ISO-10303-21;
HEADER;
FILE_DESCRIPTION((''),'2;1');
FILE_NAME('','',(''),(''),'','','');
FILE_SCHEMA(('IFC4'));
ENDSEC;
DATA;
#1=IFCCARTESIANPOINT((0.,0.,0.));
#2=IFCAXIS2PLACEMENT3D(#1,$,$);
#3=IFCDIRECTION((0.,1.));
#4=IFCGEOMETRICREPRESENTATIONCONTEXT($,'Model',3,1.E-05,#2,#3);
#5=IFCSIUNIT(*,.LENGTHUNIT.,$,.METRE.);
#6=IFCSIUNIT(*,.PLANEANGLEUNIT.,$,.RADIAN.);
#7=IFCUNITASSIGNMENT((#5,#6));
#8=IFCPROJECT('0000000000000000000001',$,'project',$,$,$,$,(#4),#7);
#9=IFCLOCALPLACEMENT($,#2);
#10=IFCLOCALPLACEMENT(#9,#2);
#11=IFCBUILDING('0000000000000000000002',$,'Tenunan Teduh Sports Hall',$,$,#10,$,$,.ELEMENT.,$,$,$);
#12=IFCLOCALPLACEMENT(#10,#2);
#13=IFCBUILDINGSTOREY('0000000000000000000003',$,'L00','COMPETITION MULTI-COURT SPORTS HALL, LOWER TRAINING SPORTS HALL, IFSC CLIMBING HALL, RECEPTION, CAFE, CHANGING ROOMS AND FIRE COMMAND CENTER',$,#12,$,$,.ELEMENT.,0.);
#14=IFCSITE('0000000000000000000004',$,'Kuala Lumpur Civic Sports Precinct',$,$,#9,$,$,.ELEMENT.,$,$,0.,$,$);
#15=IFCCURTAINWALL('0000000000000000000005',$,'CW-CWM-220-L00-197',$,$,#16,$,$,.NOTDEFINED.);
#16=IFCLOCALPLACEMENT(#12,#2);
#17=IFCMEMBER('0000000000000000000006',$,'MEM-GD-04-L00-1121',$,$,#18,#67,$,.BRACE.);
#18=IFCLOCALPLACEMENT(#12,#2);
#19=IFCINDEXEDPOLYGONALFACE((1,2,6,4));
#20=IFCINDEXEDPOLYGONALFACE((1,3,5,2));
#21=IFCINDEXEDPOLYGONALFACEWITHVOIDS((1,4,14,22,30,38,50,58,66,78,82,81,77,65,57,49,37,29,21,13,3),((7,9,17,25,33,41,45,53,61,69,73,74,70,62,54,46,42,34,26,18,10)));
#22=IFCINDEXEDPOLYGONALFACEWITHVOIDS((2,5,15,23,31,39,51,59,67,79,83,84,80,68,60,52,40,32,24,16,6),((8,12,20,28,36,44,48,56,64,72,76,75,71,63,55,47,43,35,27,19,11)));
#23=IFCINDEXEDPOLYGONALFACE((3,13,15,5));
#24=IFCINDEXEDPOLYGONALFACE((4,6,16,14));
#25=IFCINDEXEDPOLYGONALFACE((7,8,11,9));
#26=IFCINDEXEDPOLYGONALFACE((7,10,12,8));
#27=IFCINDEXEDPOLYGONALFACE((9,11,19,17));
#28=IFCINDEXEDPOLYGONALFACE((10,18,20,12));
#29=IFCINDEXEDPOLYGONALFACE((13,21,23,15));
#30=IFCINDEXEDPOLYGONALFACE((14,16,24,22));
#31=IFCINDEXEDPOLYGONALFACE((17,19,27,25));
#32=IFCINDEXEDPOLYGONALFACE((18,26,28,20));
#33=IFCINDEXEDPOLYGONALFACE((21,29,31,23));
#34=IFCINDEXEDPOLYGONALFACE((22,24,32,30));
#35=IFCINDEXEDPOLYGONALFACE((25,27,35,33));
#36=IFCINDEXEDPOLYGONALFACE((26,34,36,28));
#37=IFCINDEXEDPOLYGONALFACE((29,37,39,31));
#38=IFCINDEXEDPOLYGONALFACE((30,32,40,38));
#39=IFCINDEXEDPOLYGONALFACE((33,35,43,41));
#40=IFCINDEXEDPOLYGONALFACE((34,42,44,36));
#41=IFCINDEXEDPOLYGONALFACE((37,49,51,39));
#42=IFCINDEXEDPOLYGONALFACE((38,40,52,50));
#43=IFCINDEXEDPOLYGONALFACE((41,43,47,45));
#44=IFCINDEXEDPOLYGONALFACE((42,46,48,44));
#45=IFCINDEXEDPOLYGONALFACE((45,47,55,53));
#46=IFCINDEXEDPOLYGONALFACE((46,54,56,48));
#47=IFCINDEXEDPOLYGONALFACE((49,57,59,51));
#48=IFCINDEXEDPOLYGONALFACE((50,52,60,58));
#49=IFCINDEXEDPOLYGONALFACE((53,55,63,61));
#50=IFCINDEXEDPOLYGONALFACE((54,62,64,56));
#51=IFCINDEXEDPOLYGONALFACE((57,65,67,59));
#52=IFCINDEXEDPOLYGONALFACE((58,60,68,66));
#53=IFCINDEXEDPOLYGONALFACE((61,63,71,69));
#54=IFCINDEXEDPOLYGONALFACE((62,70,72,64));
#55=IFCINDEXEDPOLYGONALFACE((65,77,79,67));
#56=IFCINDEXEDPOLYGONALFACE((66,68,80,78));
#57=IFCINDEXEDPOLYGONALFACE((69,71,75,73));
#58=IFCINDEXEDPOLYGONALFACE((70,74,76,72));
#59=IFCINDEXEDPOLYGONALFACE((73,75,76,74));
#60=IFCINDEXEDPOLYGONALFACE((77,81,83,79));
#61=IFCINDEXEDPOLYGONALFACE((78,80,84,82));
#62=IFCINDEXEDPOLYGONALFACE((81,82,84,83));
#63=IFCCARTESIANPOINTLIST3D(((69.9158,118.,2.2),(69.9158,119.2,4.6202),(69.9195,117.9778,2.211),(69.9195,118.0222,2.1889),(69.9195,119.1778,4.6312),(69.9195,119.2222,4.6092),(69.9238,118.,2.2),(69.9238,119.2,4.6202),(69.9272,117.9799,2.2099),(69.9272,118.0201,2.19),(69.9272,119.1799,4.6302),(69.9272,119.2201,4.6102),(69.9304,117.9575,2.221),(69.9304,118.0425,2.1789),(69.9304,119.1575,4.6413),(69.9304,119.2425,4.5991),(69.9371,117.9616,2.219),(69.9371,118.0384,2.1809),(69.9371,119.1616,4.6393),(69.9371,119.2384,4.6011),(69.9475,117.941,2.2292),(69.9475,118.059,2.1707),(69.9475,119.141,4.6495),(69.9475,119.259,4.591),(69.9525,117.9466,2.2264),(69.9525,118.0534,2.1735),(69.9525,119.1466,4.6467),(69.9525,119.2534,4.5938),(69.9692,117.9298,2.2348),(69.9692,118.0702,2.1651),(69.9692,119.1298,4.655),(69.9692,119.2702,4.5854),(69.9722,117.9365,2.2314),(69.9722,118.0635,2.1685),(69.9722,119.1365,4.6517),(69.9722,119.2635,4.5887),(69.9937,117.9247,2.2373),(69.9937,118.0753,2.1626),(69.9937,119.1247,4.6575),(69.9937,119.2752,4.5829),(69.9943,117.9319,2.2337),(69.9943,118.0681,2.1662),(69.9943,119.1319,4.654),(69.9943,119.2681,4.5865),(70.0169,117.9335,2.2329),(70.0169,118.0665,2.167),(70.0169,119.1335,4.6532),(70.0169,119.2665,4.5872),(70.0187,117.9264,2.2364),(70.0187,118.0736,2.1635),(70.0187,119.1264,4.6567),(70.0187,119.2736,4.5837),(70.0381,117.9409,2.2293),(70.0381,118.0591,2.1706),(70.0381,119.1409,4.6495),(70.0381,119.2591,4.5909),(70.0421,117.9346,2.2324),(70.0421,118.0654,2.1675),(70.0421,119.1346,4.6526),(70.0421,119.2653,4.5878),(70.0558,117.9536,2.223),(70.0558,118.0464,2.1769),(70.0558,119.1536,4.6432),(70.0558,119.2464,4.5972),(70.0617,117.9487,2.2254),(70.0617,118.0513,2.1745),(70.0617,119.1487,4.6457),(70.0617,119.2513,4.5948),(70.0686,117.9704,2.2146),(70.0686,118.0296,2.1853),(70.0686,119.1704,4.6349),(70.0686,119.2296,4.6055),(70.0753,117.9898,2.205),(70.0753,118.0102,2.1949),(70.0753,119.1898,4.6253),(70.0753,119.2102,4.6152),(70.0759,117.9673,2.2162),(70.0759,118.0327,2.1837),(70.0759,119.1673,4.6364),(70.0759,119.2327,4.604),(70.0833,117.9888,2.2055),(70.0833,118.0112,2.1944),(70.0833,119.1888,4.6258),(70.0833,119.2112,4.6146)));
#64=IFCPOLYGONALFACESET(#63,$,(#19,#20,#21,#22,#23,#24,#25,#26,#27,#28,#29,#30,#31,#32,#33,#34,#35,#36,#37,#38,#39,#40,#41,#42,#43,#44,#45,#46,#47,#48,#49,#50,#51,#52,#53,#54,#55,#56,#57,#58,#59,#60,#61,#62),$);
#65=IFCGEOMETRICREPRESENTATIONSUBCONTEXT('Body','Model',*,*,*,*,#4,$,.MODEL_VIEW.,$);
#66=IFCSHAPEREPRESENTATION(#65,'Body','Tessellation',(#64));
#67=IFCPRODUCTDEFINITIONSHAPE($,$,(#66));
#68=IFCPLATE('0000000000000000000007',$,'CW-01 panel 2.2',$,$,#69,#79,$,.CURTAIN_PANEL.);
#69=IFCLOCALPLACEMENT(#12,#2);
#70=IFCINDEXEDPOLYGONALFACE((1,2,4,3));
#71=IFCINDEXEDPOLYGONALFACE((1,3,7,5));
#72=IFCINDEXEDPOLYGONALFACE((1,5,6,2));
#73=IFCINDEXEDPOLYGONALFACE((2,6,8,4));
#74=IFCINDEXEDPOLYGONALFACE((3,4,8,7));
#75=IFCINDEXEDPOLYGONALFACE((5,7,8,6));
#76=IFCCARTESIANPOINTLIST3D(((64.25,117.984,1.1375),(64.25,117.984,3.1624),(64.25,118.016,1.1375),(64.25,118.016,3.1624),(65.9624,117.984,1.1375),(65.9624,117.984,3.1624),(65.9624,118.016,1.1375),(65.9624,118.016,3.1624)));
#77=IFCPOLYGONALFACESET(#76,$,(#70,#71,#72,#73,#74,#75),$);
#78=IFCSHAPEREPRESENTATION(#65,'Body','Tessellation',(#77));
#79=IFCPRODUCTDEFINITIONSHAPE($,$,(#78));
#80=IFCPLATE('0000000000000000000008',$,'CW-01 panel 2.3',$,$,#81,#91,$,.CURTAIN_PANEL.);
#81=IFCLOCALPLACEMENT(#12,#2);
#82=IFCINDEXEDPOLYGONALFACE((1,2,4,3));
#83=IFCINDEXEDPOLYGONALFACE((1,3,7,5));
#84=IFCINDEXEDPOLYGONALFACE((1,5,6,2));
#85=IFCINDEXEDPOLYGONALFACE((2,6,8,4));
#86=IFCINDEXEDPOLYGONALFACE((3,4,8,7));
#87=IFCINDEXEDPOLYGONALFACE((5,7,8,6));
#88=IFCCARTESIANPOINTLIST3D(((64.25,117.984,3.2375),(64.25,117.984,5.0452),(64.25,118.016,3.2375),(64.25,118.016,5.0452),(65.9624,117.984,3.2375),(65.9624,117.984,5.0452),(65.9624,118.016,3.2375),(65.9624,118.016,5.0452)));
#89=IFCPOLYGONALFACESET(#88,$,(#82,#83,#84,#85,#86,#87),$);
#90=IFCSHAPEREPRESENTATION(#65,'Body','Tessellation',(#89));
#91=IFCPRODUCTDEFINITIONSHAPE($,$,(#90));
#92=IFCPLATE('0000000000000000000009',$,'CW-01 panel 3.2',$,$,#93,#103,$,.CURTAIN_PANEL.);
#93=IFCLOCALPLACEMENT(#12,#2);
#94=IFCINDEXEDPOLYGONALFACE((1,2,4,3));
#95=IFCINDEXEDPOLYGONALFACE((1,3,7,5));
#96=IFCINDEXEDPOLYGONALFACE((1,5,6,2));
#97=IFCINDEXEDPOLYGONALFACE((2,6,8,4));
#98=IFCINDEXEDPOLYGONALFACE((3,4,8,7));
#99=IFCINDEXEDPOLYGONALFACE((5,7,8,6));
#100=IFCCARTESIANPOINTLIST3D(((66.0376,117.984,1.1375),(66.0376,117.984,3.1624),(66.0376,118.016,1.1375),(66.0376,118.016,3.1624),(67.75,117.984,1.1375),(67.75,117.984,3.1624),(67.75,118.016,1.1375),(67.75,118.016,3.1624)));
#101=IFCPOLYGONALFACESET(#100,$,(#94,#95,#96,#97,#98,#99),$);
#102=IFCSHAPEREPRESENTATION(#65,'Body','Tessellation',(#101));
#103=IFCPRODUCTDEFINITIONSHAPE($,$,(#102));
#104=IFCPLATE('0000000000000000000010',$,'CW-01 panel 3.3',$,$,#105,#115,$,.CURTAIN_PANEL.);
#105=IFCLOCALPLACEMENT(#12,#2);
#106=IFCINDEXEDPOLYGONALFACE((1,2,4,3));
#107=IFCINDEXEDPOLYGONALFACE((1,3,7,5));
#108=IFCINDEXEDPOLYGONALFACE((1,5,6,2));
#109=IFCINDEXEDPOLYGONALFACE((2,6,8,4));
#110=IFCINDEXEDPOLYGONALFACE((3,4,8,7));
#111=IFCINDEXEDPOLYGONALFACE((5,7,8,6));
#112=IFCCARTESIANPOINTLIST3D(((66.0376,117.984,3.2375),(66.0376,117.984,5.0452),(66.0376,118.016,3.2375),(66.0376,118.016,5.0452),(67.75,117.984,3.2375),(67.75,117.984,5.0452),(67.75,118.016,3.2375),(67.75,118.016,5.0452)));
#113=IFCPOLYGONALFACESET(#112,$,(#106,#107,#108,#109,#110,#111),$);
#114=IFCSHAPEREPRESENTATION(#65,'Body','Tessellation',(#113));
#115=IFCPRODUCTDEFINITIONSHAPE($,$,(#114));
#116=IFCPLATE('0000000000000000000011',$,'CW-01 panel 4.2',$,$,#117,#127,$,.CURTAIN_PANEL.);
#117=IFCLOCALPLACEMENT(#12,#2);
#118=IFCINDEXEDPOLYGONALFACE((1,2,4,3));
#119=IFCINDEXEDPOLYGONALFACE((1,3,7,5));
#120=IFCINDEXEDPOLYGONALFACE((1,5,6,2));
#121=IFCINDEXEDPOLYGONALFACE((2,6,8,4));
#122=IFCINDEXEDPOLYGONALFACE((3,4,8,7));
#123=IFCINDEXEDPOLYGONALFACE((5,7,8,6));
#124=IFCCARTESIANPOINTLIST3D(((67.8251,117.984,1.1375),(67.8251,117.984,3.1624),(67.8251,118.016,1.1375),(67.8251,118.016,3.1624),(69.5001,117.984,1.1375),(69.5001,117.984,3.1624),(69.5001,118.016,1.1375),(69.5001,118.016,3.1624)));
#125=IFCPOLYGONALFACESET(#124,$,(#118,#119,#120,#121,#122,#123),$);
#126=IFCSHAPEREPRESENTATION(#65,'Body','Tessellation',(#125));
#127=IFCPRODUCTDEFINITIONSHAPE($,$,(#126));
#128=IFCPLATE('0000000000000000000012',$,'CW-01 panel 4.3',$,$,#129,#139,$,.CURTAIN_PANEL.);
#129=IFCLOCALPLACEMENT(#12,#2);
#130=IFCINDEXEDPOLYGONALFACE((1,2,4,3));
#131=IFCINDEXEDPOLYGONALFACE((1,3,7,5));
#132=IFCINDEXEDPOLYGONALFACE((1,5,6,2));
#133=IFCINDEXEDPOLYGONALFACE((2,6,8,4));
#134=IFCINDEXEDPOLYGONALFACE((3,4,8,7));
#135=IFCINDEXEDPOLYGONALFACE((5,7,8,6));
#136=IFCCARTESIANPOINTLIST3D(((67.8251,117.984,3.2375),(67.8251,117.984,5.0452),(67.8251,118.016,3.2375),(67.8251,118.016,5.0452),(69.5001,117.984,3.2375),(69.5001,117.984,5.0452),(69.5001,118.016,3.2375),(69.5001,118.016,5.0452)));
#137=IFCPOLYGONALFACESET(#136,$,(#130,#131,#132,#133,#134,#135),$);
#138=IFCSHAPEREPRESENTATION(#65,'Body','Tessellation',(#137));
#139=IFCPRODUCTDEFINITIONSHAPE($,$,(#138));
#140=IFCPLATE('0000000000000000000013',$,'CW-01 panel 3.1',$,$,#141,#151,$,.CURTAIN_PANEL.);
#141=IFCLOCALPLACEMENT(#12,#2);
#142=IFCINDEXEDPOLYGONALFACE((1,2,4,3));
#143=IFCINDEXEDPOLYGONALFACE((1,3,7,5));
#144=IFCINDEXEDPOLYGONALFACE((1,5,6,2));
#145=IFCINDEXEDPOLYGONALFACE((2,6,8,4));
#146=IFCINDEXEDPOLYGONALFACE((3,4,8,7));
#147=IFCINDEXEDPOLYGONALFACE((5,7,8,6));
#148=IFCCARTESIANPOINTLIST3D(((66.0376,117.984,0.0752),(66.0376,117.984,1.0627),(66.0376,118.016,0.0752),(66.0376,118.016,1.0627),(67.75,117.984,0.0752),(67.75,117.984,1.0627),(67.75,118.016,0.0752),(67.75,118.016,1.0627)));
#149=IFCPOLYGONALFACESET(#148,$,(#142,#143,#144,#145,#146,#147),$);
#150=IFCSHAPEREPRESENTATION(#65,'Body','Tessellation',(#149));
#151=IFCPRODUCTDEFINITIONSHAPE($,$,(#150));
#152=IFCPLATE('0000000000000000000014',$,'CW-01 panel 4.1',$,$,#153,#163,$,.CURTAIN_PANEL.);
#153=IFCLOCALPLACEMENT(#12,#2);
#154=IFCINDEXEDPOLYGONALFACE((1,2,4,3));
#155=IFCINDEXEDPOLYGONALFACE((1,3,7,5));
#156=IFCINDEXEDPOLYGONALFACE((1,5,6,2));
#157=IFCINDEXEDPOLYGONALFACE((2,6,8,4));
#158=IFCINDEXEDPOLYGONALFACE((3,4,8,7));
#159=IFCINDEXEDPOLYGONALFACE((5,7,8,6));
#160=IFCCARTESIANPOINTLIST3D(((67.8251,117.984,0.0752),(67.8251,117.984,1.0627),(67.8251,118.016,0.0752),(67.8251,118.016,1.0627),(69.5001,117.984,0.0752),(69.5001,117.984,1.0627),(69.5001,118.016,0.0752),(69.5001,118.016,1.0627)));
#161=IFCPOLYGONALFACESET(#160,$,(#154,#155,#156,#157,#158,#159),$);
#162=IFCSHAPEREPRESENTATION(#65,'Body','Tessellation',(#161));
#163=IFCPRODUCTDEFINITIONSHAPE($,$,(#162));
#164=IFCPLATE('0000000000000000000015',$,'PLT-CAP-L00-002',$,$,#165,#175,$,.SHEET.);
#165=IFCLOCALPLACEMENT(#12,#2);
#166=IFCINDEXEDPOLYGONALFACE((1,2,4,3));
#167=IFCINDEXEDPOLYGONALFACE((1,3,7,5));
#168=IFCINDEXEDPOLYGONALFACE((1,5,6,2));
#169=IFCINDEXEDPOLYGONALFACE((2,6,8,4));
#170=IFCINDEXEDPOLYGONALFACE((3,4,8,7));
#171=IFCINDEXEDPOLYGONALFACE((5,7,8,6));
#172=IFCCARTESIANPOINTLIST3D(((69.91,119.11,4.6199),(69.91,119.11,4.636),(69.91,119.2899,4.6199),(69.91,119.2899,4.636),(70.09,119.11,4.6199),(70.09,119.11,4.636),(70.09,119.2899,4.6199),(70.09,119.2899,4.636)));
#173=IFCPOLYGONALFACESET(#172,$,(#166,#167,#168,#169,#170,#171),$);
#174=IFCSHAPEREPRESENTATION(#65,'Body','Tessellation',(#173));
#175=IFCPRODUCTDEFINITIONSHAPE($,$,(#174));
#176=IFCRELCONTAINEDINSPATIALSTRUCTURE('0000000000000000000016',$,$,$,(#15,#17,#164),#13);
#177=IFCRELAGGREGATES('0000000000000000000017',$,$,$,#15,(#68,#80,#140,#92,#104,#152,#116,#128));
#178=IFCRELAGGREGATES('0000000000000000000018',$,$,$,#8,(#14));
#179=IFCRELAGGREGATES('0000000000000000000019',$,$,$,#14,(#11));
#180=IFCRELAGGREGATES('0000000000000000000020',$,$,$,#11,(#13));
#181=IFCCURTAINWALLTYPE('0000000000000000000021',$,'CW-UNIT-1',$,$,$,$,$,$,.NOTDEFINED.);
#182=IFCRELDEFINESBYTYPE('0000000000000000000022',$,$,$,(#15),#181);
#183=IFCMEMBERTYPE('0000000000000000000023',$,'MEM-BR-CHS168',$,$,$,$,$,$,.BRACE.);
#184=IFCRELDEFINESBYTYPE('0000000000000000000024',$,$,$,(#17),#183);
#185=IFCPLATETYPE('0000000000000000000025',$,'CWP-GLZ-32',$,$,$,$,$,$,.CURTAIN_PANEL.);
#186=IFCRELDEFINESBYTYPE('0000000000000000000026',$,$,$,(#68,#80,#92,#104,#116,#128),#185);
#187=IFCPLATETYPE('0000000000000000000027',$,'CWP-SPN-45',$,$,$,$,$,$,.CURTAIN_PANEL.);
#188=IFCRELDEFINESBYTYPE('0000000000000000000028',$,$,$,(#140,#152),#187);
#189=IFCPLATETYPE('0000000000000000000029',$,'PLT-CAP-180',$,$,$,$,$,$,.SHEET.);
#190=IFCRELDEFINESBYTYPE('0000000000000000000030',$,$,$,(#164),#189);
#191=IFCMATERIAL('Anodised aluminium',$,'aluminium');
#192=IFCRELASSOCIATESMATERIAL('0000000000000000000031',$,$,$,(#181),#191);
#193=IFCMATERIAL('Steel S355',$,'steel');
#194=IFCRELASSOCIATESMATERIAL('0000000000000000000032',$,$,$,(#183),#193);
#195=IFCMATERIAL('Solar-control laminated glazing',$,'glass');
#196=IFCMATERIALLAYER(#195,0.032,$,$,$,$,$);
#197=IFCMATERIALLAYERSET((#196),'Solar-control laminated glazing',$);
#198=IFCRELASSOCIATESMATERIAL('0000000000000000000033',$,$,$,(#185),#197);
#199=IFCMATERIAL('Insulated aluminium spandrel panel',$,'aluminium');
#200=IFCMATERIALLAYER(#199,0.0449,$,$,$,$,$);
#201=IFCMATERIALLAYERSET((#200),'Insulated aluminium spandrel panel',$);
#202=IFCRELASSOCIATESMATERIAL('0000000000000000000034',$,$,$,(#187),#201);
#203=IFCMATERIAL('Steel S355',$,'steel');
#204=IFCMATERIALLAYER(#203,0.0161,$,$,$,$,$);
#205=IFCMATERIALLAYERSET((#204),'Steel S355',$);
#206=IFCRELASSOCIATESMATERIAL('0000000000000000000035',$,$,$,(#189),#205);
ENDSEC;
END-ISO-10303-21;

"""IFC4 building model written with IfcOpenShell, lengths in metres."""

from ifc_helpers import new_model, si_unit, direction, frame, origin, origin_2d, place, context, subcontext, project, spatial, rectangle, hollow_circle, extrude, material, layer, layer_set, material_profile, profile_set, type_object, element, aggregate, save


model = new_model("IFC4")

# Units and contexts
model_context = context("Model", 3, precision=1e-05, world=origin(), true_north=direction((0.0, 1.0)))
body_context = subcontext(model_context, "Body", "Model", "MODEL_VIEW")
ifc_project = project(units=[si_unit("LENGTHUNIT", "METRE"), si_unit("PLANEANGLEUNIT", "RADIAN")], contexts=[model_context])

# Site, building, storey
site_placement = place(None, origin())
site = spatial("IfcSite", under=ifc_project, at=site_placement, Name="Kuala Lumpur Civic Sports Precinct", CompositionType="ELEMENT", RefElevation=0.0)
building_placement = place(site_placement, origin())
building = spatial("IfcBuilding", under=site, at=building_placement, Name="Tenunan Teduh Sports Hall", CompositionType="ELEMENT")
storey_placement = place(building_placement, origin())
storey = spatial("IfcBuildingStorey", under=building, at=storey_placement, Name="L00", Description="COMPETITION MULTI-COURT SPORTS HALL, LOWER TRAINING SPORTS HALL, IFSC CLIMBING HALL, RECEPTION, CAFE, CHANGING ROOMS AND FIRE COMMAND CENTER", CompositionType="ELEMENT", Elevation=0.0)

# Curtain wall
ifc_material_1 = material(Name="Anodised aluminium", Category="aluminium")
curtain_wall_type = type_object("IfcCurtainWallType", Name="CW-UNIT-1", PredefinedType="NOTDEFINED", material=ifc_material_1)
curtain_wall_placement = place(storey_placement, origin())
curtain_wall = element("IfcCurtainWall", 1, at=curtain_wall_placement, inside=storey, type_object=curtain_wall_type, Name="CW-CWM-220-L00-197", PredefinedType="NOTDEFINED")

# Member
ifc_material_2 = material(Name="Steel S355", Category="steel")
ifc_material_profile_1 = material_profile(ifc_material_2, hollow_circle(Radius=0.0842, WallThickness=0.0081, at=origin_2d()), Name="CHS 168.3x8.0")
ifc_profile_set_1 = profile_set([ifc_material_profile_1], Name="Steel S355")
member_type_1 = type_object("IfcMemberType", Name="MEM-BR-CHS168", PredefinedType="BRACE", material=ifc_profile_set_1)
member_1_placement = place(storey_placement, frame((70.0, 118.0, 2.2), z_axis=(0.0, 0.444211, 0.895922), x_axis=(-1.0, 0.0, 0.0)))
element("IfcMember", 2, at=member_1_placement, inside=storey, type_object=member_type_1, Name="MEM-GD-04-L00-1121", PredefinedType="BRACE", context=body_context, shape_type="SweptSolid", body=[
    extrude(hollow_circle(Radius=0.0842, WallThickness=0.0081, at=origin_2d()), origin(), (0.0, 0.0, 1.0), 2.7014),
])

# Plates
ifc_material_3 = material(Name="Solar-control laminated glazing", Category="glass")
ifc_layer_1 = layer(ifc_material_3, 0.032)
ifc_layer_set_1 = layer_set([ifc_layer_1], Name="Solar-control laminated glazing")
plate_type_1 = type_object("IfcPlateType", Name="CWP-GLZ-32", PredefinedType="CURTAIN_PANEL", material=ifc_layer_set_1)
plate_1_placement = place(storey_placement, frame((65.1062, 118.0, 1.1375), z_axis=(0.0, 0.0, 1.0), x_axis=(1.0, 0.0, 0.0)))
plate_1 = element("IfcPlate", 3, at=plate_1_placement, type_object=plate_type_1, Name="CW-01 panel 2.2", PredefinedType="CURTAIN_PANEL", context=body_context, shape_type="SweptSolid", body=[
    extrude(rectangle(XDim=1.7124, YDim=0.032, at=origin_2d()), origin(), (0.0, 0.0, 1.0), 2.0249),
])
plate_2_placement = place(storey_placement, frame((65.1062, 118.0, 3.2375), z_axis=(0.0, 0.0, 1.0), x_axis=(1.0, 0.0, 0.0)))
plate_2 = element("IfcPlate", 4, at=plate_2_placement, type_object=plate_type_1, Name="CW-01 panel 2.3", PredefinedType="CURTAIN_PANEL", context=body_context, shape_type="SweptSolid", body=[
    extrude(rectangle(XDim=1.7124, YDim=0.032, at=origin_2d()), origin(), (0.0, 0.0, 1.0), 1.8076),
])
plate_3_placement = place(storey_placement, frame((66.8938, 118.0, 1.1375), z_axis=(0.0, 0.0, 1.0), x_axis=(1.0, 0.0, 0.0)))
plate_3 = element("IfcPlate", 5, at=plate_3_placement, type_object=plate_type_1, Name="CW-01 panel 3.2", PredefinedType="CURTAIN_PANEL", context=body_context, shape_type="SweptSolid", body=[
    extrude(rectangle(XDim=1.7124, YDim=0.032, at=origin_2d()), origin(), (0.0, 0.0, 1.0), 2.0249),
])
plate_4_placement = place(storey_placement, frame((66.8938, 118.0, 3.2375), z_axis=(0.0, 0.0, 1.0), x_axis=(1.0, 0.0, 0.0)))
plate_4 = element("IfcPlate", 6, at=plate_4_placement, type_object=plate_type_1, Name="CW-01 panel 3.3", PredefinedType="CURTAIN_PANEL", context=body_context, shape_type="SweptSolid", body=[
    extrude(rectangle(XDim=1.7124, YDim=0.032, at=origin_2d()), origin(), (0.0, 0.0, 1.0), 1.8076),
])
plate_5_placement = place(storey_placement, frame((68.6626, 118.0, 1.1375), z_axis=(0.0, 0.0, 1.0), x_axis=(1.0, 0.0, 0.0)))
plate_5 = element("IfcPlate", 7, at=plate_5_placement, type_object=plate_type_1, Name="CW-01 panel 4.2", PredefinedType="CURTAIN_PANEL", context=body_context, shape_type="SweptSolid", body=[
    extrude(rectangle(XDim=1.675, YDim=0.032, at=origin_2d()), origin(), (0.0, 0.0, 1.0), 2.0249),
])
plate_6_placement = place(storey_placement, frame((68.6626, 118.0, 3.2375), z_axis=(0.0, 0.0, 1.0), x_axis=(1.0, 0.0, 0.0)))
plate_6 = element("IfcPlate", 8, at=plate_6_placement, type_object=plate_type_1, Name="CW-01 panel 4.3", PredefinedType="CURTAIN_PANEL", context=body_context, shape_type="SweptSolid", body=[
    extrude(rectangle(XDim=1.675, YDim=0.032, at=origin_2d()), origin(), (0.0, 0.0, 1.0), 1.8076),
])
ifc_material_4 = material(Name="Insulated aluminium spandrel panel", Category="aluminium")
ifc_layer_2 = layer(ifc_material_4, 0.0449)
ifc_layer_set_2 = layer_set([ifc_layer_2], Name="Insulated aluminium spandrel panel")
plate_type_2 = type_object("IfcPlateType", Name="CWP-SPN-45", PredefinedType="CURTAIN_PANEL", material=ifc_layer_set_2)
plate_7_placement = place(storey_placement, frame((66.8938, 118.0, 0.0752), z_axis=(0.0, 0.0, 1.0), x_axis=(1.0, 0.0, 0.0)))
plate_7 = element("IfcPlate", 9, at=plate_7_placement, type_object=plate_type_2, Name="CW-01 panel 3.1", PredefinedType="CURTAIN_PANEL", context=body_context, shape_type="SweptSolid", body=[
    extrude(rectangle(XDim=1.7124, YDim=0.032, at=origin_2d()), origin(), (0.0, 0.0, 1.0), 0.9875),
])
plate_8_placement = place(storey_placement, frame((68.6626, 118.0, 0.0752), z_axis=(0.0, 0.0, 1.0), x_axis=(1.0, 0.0, 0.0)))
plate_8 = element("IfcPlate", 10, at=plate_8_placement, type_object=plate_type_2, Name="CW-01 panel 4.1", PredefinedType="CURTAIN_PANEL", context=body_context, shape_type="SweptSolid", body=[
    extrude(rectangle(XDim=1.675, YDim=0.032, at=origin_2d()), origin(), (0.0, 0.0, 1.0), 0.9875),
])
aggregate(curtain_wall, [plate_1, plate_2, plate_7, plate_3, plate_4, plate_8, plate_5, plate_6])
ifc_material_5 = material(Name="Steel S355", Category="steel")
ifc_layer_3 = layer(ifc_material_5, 0.0161)
ifc_layer_set_3 = layer_set([ifc_layer_3], Name="Steel S355")
plate_type_3 = type_object("IfcPlateType", Name="PLT-CAP-180", PredefinedType="SHEET", material=ifc_layer_set_3)
plate_9_placement = place(storey_placement, frame((70.0, 119.2, 4.6199), z_axis=(0.0, 0.0, 1.0), x_axis=(1.0, 0.0, 0.0)))
element("IfcPlate", 11, at=plate_9_placement, inside=storey, type_object=plate_type_3, Name="PLT-CAP-L00-002", PredefinedType="SHEET", context=body_context, shape_type="SweptSolid", body=[
    extrude(rectangle(XDim=0.1799, YDim=0.1799, at=origin_2d()), origin(), (0.0, 0.0, 1.0), 0.0161),
])

save(model, "model.ifc")
